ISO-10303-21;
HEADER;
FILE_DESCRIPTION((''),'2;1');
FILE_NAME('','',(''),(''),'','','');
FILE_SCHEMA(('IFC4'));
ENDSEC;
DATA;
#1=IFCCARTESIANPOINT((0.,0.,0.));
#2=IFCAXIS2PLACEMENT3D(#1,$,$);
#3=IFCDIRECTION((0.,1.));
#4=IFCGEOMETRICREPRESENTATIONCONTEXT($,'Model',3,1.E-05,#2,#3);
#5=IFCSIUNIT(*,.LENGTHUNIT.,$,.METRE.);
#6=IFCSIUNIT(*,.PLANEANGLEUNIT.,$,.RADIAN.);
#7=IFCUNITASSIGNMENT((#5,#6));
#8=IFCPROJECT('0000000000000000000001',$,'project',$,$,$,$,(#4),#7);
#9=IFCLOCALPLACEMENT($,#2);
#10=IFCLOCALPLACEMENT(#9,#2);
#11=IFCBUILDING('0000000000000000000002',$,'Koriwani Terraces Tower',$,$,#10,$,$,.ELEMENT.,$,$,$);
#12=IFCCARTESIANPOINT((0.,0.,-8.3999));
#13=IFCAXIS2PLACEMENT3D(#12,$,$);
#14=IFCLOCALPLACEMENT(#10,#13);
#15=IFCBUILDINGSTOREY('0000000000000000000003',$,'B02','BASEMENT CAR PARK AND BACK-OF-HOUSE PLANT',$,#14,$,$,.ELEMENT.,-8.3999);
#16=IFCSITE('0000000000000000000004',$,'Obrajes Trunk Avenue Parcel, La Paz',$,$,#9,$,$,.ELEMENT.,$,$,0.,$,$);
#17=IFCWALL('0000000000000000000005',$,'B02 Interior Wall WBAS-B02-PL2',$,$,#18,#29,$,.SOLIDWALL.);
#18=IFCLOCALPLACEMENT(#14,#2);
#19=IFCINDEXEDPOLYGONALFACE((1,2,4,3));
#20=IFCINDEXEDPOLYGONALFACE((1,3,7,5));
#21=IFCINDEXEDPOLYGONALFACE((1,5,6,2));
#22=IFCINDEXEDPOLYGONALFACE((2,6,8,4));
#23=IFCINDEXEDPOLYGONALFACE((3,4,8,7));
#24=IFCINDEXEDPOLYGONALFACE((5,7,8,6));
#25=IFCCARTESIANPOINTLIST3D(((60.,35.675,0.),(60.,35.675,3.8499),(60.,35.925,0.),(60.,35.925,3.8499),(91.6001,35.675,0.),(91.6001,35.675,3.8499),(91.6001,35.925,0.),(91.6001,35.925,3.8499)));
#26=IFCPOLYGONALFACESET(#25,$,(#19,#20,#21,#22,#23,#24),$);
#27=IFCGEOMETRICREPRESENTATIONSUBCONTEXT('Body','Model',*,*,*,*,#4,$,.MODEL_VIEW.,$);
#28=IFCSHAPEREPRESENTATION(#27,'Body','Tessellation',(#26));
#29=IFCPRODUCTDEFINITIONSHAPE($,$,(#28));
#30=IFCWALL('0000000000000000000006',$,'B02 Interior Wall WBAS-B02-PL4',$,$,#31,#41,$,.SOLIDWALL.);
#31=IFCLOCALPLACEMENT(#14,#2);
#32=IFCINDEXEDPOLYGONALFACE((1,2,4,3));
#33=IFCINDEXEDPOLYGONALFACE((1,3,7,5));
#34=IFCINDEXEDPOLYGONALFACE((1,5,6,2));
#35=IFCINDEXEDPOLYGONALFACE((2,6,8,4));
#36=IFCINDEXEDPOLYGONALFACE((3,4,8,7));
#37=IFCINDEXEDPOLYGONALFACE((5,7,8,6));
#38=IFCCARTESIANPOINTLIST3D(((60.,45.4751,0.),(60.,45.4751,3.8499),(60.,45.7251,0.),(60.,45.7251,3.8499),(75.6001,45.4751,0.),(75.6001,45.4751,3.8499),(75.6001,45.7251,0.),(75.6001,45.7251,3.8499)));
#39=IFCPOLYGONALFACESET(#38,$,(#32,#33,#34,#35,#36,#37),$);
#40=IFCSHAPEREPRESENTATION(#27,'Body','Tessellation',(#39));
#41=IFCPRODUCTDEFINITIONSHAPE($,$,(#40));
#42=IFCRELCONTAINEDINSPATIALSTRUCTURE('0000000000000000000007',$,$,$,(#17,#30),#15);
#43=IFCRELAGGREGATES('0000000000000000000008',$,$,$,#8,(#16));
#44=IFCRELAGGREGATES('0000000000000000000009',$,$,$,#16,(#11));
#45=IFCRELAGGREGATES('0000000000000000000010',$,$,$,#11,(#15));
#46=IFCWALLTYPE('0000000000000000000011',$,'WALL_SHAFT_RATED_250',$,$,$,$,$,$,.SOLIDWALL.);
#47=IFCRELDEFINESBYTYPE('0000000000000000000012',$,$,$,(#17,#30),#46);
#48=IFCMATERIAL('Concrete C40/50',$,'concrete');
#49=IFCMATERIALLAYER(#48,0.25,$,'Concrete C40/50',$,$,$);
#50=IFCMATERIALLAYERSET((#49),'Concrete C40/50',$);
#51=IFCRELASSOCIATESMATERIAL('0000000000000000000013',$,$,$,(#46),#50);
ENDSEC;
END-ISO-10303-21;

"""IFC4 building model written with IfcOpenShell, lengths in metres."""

from ifc_helpers import new_model, si_unit, direction, frame, frame_2d, origin, place, context, subcontext, project, spatial, rectangle, extrude, material, layer, layer_set, type_object, element, save


model = new_model("IFC4")

# Units and contexts
model_context = context("Model", 3, precision=1e-05, world=origin(), true_north=direction((0.0, 1.0)))
body_context = subcontext(model_context, "Body", "Model", "MODEL_VIEW")
ifc_project = project(units=[si_unit("LENGTHUNIT", "METRE"), si_unit("PLANEANGLEUNIT", "RADIAN")], contexts=[model_context])

# Site, building, storey
site_placement = place(None, origin())
site = spatial("IfcSite", under=ifc_project, at=site_placement, Name="Obrajes Trunk Avenue Parcel, La Paz", CompositionType="ELEMENT", RefElevation=0.0)
building_placement = place(site_placement, origin())
building = spatial("IfcBuilding", under=site, at=building_placement, Name="Koriwani Terraces Tower", CompositionType="ELEMENT")
storey_placement = place(building_placement, frame((0.0, 0.0, -8.3999)))
storey = spatial("IfcBuildingStorey", under=building, at=storey_placement, Name="B02", Description="BASEMENT CAR PARK AND BACK-OF-HOUSE PLANT", CompositionType="ELEMENT", Elevation=-8.3999)

# Shared definitions
ifc_material_1 = material(Name="Concrete C40/50", Category="concrete")

# Walls
ifc_layer = layer(ifc_material_1, 0.25, Name="Concrete C40/50")
ifc_layer_set = layer_set([ifc_layer], Name="Concrete C40/50")
wall_type = type_object("IfcWallType", Name="WALL_SHAFT_RATED_250", PredefinedType="SOLIDWALL", material=ifc_layer_set)
wall_1_placement = place(storey_placement, frame((60.0, 35.8, 0.0), z_axis=(0.0, 0.0, 1.0), x_axis=(1.0, 0.0, 0.0)))
element("IfcWall", 1, at=wall_1_placement, inside=storey, type_object=wall_type, Name="B02 Interior Wall WBAS-B02-PL2", PredefinedType="SOLIDWALL", context=body_context, shape_type="SweptSolid", body=[
    extrude(rectangle(XDim=31.6001, YDim=0.25, at=frame_2d((15.8, 0.0))), origin(), (0.0, 0.0, 1.0), 3.8499),
])
wall_2_placement = place(storey_placement, frame((60.0, 45.6001, 0.0), z_axis=(0.0, 0.0, 1.0), x_axis=(1.0, 0.0, 0.0)))
element("IfcWall", 2, at=wall_2_placement, inside=storey, type_object=wall_type, Name="B02 Interior Wall WBAS-B02-PL4", PredefinedType="SOLIDWALL", context=body_context, shape_type="SweptSolid", body=[
    extrude(rectangle(XDim=15.6001, YDim=0.25, at=frame_2d((7.8, 0.0))), origin(), (0.0, 0.0, 1.0), 3.8499),
])

save(model, "model.ifc")
